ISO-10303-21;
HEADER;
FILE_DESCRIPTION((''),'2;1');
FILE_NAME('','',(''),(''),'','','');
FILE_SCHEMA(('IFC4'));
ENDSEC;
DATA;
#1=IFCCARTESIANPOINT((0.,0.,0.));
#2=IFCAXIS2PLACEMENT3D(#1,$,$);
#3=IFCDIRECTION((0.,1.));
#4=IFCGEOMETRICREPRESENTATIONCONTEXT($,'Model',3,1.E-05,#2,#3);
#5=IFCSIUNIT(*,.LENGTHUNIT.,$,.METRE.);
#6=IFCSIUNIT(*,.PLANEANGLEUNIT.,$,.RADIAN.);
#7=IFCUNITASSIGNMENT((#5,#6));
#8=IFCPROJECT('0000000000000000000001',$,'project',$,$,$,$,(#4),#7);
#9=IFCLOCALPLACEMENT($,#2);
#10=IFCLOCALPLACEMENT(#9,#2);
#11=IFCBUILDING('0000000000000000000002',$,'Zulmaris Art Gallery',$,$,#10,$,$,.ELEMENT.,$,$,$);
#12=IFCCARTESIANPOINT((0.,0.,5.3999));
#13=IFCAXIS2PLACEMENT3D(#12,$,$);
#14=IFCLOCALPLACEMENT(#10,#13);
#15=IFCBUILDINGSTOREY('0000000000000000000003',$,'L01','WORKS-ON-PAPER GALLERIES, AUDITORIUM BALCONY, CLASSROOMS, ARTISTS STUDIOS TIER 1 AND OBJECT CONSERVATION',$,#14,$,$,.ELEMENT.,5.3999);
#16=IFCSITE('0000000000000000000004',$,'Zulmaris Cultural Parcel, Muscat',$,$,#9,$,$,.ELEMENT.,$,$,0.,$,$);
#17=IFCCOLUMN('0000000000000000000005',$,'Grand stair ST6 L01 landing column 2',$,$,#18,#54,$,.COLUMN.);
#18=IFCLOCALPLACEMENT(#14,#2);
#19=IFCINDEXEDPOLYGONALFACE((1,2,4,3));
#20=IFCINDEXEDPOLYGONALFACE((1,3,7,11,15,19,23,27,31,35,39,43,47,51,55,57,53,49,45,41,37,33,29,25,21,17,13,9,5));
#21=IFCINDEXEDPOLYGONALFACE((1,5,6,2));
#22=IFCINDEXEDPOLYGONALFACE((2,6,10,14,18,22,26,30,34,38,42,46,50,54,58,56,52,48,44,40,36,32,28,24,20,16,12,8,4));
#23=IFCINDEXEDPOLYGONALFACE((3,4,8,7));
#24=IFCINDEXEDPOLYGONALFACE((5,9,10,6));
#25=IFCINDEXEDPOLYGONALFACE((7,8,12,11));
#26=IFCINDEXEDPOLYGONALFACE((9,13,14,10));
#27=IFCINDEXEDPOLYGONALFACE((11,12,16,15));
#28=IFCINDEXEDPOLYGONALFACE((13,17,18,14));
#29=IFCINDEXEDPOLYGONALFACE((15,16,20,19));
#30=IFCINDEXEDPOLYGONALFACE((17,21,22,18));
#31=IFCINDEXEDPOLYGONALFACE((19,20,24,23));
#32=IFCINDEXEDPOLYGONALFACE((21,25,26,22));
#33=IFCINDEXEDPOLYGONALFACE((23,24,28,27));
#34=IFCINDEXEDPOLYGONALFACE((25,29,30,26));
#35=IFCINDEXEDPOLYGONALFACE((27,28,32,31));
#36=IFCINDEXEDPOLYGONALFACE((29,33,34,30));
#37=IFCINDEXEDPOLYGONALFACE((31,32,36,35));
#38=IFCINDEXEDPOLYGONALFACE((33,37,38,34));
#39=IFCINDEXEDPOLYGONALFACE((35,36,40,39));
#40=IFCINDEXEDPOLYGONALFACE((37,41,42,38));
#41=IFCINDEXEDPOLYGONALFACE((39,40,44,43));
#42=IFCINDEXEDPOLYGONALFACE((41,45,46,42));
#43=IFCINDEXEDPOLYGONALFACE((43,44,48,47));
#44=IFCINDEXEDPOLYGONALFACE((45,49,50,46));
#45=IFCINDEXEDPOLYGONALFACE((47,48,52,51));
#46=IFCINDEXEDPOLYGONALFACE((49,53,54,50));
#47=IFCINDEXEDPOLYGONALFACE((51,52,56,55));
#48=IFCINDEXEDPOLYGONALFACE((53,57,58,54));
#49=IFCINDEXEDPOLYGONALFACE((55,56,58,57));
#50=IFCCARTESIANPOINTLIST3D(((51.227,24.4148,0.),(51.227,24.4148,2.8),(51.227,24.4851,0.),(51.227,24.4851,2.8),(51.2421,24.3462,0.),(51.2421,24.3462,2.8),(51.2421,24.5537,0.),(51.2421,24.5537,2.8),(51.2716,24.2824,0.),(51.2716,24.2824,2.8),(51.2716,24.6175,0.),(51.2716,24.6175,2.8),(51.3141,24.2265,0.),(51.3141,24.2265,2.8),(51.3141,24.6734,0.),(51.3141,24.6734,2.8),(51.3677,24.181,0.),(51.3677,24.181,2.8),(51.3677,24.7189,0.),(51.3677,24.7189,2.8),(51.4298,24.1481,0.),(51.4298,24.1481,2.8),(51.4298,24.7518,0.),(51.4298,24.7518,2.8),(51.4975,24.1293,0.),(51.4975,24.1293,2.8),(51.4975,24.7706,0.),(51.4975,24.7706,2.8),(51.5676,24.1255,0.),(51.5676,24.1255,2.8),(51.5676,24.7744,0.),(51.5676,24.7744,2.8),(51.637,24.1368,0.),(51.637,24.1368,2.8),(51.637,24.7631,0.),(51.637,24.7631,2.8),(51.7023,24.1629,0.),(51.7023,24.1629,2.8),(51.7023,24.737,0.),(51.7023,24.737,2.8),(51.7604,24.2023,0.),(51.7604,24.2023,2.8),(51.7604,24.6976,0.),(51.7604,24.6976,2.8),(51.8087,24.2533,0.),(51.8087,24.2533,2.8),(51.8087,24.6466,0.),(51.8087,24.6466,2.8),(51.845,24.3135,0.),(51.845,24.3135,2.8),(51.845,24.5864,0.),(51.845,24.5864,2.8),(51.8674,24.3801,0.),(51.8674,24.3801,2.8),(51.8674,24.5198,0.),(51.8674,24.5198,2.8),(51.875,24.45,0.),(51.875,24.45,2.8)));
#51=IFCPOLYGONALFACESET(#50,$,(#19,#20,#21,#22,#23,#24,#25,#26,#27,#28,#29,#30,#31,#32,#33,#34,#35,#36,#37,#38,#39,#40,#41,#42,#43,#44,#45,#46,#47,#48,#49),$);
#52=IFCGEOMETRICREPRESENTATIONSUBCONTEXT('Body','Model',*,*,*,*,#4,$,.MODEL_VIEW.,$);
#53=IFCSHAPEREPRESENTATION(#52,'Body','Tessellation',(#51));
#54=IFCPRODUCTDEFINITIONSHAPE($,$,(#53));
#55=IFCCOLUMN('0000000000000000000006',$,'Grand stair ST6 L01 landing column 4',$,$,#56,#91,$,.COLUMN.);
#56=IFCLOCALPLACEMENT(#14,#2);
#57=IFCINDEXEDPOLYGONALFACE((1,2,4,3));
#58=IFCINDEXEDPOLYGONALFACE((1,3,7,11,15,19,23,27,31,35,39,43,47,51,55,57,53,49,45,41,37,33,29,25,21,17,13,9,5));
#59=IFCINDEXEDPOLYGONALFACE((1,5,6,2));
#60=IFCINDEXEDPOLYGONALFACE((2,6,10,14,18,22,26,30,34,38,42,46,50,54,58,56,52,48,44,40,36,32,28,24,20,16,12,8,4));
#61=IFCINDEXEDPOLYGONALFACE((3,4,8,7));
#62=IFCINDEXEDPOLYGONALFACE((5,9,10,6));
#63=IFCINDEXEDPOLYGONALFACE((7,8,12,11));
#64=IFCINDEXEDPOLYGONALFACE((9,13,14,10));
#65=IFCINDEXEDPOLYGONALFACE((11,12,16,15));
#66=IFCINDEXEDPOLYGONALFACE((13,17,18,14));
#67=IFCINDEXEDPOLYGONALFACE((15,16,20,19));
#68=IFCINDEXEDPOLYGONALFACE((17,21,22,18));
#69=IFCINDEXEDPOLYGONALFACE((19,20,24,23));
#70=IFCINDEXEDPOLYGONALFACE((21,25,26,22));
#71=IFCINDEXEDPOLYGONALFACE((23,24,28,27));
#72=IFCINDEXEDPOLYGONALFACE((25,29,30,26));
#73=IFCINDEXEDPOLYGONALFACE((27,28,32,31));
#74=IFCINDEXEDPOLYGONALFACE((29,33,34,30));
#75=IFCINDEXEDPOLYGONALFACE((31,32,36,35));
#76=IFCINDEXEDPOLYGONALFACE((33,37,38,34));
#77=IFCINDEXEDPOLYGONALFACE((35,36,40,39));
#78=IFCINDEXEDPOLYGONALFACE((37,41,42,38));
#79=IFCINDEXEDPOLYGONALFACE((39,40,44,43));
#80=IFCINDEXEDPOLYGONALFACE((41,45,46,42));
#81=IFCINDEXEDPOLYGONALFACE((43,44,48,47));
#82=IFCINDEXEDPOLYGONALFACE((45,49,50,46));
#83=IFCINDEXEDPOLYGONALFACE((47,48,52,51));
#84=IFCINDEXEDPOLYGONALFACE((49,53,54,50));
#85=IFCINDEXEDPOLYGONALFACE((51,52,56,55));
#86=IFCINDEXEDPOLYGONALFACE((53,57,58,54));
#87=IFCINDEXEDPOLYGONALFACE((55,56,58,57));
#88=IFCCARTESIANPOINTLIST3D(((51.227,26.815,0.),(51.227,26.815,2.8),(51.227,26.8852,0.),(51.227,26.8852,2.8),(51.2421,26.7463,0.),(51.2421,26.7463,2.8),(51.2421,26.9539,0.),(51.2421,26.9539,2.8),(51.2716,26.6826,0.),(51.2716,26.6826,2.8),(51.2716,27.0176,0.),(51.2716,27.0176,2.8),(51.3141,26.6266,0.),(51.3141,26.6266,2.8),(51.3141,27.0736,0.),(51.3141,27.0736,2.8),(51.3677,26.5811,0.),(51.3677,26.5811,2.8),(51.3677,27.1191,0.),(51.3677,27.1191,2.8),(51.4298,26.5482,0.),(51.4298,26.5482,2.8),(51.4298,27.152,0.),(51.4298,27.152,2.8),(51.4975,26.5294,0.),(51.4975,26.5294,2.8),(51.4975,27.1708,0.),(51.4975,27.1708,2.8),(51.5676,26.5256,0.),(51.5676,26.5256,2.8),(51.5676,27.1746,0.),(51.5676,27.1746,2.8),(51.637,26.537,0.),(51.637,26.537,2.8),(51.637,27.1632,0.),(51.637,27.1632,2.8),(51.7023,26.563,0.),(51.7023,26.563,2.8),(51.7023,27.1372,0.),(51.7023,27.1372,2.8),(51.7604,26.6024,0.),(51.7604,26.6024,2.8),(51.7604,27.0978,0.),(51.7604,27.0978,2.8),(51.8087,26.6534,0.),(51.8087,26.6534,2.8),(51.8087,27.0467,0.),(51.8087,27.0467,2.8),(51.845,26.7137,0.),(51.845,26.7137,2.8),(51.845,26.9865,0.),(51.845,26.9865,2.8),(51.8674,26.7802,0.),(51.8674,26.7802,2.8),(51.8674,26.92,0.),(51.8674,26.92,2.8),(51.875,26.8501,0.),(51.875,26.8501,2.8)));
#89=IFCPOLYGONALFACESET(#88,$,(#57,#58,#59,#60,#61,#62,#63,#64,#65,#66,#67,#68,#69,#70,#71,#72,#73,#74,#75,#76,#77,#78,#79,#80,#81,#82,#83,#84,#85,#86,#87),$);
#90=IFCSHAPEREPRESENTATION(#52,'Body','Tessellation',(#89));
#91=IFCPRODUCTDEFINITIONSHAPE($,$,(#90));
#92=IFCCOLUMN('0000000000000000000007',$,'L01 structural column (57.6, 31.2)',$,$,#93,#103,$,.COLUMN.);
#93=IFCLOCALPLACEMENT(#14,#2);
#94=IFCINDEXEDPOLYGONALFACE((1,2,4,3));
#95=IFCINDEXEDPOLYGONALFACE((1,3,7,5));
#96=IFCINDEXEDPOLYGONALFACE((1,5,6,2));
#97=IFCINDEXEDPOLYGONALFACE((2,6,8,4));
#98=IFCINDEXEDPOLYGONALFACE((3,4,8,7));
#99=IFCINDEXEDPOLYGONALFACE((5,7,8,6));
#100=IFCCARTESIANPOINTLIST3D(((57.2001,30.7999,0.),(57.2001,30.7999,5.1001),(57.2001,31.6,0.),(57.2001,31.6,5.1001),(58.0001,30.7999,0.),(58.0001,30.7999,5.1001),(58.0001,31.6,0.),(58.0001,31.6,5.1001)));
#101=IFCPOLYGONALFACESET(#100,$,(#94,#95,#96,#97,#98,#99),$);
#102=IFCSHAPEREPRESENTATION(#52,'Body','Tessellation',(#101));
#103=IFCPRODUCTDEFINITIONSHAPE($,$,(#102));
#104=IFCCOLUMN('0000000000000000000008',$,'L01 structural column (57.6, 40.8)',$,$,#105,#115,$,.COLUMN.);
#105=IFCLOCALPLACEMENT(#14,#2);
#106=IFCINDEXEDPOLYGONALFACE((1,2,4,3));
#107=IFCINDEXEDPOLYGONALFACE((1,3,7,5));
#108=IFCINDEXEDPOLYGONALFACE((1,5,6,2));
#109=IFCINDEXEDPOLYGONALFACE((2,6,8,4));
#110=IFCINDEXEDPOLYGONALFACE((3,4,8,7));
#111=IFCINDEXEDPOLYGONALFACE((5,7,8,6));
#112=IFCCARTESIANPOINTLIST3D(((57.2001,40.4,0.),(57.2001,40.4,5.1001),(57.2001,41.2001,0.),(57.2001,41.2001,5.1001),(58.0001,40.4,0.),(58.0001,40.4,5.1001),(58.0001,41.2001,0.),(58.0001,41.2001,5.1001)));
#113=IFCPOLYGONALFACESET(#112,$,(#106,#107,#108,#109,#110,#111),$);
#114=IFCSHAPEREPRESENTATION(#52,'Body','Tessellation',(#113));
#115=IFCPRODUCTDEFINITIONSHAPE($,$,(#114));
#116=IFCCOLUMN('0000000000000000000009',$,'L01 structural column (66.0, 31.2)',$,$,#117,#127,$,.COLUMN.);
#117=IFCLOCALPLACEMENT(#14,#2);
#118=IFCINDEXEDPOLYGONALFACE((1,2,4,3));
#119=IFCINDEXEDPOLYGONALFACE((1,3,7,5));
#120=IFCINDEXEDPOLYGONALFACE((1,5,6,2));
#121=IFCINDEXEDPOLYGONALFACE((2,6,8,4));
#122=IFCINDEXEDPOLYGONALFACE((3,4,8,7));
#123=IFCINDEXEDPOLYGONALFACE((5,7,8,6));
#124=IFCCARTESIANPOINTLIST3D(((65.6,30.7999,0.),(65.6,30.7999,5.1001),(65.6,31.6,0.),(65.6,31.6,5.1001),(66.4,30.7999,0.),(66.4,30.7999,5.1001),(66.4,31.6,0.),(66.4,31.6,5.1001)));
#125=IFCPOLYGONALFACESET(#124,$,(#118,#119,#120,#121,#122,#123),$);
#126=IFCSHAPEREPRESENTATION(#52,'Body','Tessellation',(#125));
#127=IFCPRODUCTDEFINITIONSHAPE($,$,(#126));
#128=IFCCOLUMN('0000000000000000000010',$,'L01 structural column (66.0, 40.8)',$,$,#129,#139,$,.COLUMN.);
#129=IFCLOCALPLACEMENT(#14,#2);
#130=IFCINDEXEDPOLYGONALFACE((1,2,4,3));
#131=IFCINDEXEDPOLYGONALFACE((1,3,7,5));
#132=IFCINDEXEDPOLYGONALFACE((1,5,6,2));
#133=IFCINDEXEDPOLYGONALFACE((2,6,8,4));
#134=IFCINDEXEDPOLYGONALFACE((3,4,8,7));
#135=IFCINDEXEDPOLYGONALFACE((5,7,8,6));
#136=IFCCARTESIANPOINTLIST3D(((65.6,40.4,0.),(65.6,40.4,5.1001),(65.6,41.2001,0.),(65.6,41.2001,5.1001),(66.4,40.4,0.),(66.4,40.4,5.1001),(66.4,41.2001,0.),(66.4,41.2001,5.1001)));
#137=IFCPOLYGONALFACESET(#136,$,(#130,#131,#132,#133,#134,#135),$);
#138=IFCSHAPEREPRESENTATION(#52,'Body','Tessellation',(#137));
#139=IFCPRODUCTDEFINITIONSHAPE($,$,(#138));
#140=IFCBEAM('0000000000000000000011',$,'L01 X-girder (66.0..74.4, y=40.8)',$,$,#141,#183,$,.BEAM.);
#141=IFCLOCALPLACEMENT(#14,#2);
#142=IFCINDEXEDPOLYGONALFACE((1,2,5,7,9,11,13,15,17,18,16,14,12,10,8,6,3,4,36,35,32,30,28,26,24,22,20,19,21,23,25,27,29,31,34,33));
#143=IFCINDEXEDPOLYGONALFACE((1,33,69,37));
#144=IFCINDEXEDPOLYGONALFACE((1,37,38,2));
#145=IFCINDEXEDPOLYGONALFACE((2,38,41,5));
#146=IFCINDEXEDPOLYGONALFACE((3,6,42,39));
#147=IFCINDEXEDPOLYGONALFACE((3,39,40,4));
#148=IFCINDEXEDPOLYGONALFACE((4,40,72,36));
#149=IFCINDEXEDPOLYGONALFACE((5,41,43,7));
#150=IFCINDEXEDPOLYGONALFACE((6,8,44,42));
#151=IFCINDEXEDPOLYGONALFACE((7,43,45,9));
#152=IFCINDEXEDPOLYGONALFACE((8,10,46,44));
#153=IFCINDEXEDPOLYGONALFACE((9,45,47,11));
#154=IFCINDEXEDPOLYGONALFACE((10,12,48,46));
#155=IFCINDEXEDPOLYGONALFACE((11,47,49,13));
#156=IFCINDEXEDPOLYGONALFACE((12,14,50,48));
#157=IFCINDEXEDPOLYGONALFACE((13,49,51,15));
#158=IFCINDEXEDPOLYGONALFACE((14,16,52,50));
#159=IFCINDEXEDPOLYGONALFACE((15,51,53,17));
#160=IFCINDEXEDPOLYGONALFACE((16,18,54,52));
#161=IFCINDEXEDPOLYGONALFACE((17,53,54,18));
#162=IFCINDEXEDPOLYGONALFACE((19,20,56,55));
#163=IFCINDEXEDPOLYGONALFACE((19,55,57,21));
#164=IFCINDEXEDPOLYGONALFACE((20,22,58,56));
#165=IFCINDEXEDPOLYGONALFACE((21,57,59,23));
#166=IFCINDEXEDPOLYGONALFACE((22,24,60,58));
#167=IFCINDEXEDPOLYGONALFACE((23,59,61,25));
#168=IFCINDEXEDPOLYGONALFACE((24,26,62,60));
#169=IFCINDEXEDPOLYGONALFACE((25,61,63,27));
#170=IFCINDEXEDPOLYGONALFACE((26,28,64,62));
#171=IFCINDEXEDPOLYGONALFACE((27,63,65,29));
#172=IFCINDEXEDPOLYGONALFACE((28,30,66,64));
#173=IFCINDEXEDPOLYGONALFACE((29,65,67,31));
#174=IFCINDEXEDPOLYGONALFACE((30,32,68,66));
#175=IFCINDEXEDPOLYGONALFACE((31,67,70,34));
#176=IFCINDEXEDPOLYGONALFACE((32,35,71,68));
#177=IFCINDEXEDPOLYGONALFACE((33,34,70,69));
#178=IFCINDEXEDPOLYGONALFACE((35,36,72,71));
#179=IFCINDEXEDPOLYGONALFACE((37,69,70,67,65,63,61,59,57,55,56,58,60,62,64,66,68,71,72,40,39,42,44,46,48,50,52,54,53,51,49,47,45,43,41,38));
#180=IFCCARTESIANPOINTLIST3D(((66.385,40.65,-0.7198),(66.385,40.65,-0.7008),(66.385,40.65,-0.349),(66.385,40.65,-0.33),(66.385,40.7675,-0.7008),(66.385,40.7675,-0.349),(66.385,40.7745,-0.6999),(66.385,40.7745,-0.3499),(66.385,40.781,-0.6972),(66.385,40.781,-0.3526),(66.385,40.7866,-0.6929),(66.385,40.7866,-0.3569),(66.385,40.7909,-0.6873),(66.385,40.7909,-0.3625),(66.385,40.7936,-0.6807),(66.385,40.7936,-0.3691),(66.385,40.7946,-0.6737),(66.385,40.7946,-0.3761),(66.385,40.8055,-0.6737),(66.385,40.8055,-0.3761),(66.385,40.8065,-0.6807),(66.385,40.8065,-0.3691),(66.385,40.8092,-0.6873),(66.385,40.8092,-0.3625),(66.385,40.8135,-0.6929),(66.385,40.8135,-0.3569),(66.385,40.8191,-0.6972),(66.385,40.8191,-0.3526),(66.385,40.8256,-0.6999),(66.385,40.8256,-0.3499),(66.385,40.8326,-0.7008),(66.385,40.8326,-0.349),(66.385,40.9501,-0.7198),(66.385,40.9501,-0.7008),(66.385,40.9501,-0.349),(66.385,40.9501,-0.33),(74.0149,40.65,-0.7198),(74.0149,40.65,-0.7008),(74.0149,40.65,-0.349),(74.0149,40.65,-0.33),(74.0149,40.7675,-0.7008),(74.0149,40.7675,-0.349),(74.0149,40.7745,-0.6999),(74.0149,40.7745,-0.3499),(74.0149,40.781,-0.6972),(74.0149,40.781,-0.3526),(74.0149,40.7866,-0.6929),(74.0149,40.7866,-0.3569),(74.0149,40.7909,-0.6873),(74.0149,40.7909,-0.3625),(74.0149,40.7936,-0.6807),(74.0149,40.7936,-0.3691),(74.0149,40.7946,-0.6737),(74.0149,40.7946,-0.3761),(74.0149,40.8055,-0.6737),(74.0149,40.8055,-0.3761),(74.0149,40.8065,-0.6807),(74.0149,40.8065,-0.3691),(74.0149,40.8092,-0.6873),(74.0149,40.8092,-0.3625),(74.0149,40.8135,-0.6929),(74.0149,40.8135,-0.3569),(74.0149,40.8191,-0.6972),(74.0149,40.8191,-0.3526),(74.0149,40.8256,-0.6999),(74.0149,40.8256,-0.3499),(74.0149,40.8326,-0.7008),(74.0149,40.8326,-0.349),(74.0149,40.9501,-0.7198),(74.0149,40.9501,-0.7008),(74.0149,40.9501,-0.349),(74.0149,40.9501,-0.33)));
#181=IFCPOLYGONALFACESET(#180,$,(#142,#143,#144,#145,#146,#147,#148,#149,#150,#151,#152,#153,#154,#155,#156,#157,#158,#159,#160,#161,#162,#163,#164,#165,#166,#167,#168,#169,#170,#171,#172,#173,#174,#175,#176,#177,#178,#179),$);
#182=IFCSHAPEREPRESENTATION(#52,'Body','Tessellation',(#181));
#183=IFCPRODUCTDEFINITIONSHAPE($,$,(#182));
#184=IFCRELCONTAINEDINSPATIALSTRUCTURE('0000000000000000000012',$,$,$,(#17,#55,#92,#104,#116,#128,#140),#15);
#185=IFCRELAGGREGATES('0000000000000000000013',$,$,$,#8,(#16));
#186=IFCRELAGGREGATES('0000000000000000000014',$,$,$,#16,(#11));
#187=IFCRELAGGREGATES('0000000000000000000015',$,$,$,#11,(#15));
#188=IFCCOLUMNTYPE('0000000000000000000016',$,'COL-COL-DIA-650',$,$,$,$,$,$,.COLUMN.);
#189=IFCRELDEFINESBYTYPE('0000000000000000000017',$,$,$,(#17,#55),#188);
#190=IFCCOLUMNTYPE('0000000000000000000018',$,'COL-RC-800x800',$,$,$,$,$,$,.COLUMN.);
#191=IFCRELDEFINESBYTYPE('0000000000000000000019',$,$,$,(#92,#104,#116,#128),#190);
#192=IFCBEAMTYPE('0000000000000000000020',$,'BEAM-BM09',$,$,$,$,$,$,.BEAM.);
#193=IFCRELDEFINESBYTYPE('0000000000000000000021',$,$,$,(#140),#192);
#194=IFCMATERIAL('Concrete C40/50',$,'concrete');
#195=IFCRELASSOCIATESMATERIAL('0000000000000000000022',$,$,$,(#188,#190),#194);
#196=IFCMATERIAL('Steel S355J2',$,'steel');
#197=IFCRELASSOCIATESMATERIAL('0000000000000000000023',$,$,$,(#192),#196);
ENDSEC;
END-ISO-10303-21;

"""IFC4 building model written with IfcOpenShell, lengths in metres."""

from ifc_helpers import new_model, si_unit, direction, frame, origin, origin_2d, place, context, subcontext, project, spatial, rectangle, circle, i_section, extrude, material, material_profile, profile_set, type_object, element, save


model = new_model("IFC4")

# Units and contexts
model_context = context("Model", 3, precision=1e-05, world=origin(), true_north=direction((0.0, 1.0)))
body_context = subcontext(model_context, "Body", "Model", "MODEL_VIEW")
ifc_project = project(units=[si_unit("LENGTHUNIT", "METRE"), si_unit("PLANEANGLEUNIT", "RADIAN")], contexts=[model_context])

# Site, building, storey
site_placement = place(None, origin())
site = spatial("IfcSite", under=ifc_project, at=site_placement, Name="Zulmaris Cultural Parcel, Muscat", CompositionType="ELEMENT", RefElevation=0.0)
building_placement = place(site_placement, origin())
building = spatial("IfcBuilding", under=site, at=building_placement, Name="Zulmaris Art Gallery", CompositionType="ELEMENT")
storey_placement = place(building_placement, frame((0.0, 0.0, 5.3999)))
storey = spatial("IfcBuildingStorey", under=building, at=storey_placement, Name="L01", Description="WORKS-ON-PAPER GALLERIES, AUDITORIUM BALCONY, CLASSROOMS, ARTISTS STUDIOS TIER 1 AND OBJECT CONSERVATION", CompositionType="ELEMENT", Elevation=5.3999)

# Columns
ifc_material_1 = material(Name="Concrete C40/50", Category="concrete")
ifc_material_profile_1 = material_profile(ifc_material_1, circle(Radius=0.325, at=origin_2d()), Name="COL DIA 650")
ifc_profile_set_1 = profile_set([ifc_material_profile_1], Name="Concrete C40/50")
column_type_1 = type_object("IfcColumnType", Name="COL-COL-DIA-650", PredefinedType="COLUMN", material=ifc_profile_set_1)
for number, where, z_axis, x_axis, name in (
    (1, (51.55, 24.45, 0.0), (0.0, 0.0, 1.0), (1.0, 0.0, 0.0), "Grand stair ST6 L01 landing column 2"),
    (2, (51.55, 26.8501, 0.0), (0.0, 0.0, 1.0), (1.0, 0.0, 0.0), "Grand stair ST6 L01 landing column 4"),
):
    element("IfcColumn", number, at=place(storey_placement, frame(where, z_axis=z_axis, x_axis=x_axis)), inside=storey, type_object=column_type_1, Name=name, PredefinedType="COLUMN", context=body_context, shape_type="SweptSolid", body=[
        extrude(circle(Radius=0.325, at=origin_2d()), origin(), (0.0, 0.0, 1.0), 2.8),
    ])
ifc_material_profile_2 = material_profile(ifc_material_1, rectangle(XDim=0.8, YDim=0.8, at=origin_2d()), Name="RC 800x800")
ifc_profile_set_2 = profile_set([ifc_material_profile_2], Name="Concrete C40/50")
column_type_2 = type_object("IfcColumnType", Name="COL-RC-800x800", PredefinedType="COLUMN", material=ifc_profile_set_2)
for number, where, z_axis, x_axis, name in (
    (3, (57.6001, 31.2, 0.0), (0.0, 0.0, 1.0), (1.0, 0.0, 0.0), "L01 structural column (57.6, 31.2)"),
    (4, (57.6001, 40.8, 0.0), (0.0, 0.0, 1.0), (1.0, 0.0, 0.0), "L01 structural column (57.6, 40.8)"),
    (5, (66.0, 31.2, 0.0), (0.0, 0.0, 1.0), (1.0, 0.0, 0.0), "L01 structural column (66.0, 31.2)"),
    (6, (66.0, 40.8, 0.0), (0.0, 0.0, 1.0), (1.0, 0.0, 0.0), "L01 structural column (66.0, 40.8)"),
):
    element("IfcColumn", number, at=place(storey_placement, frame(where, z_axis=z_axis, x_axis=x_axis)), inside=storey, type_object=column_type_2, Name=name, PredefinedType="COLUMN", context=body_context, shape_type="SweptSolid", body=[
        extrude(rectangle(XDim=0.8, YDim=0.8, at=origin_2d()), origin(), (0.0, 0.0, 1.0), 5.1001),
    ])

# Beam
ifc_material_2 = material(Name="Steel S355J2", Category="steel")
ifc_material_profile_3 = material_profile(ifc_material_2, i_section(OverallWidth=0.3, OverallDepth=0.3899, WebThickness=0.011, FlangeThickness=0.019, FilletRadius=0.0271, at=origin_2d()), Name="HEA 400")
ifc_profile_set_3 = profile_set([ifc_material_profile_3], Name="Steel S355J2")
beam_type_1 = type_object("IfcBeamType", Name="BEAM-BM09", PredefinedType="BEAM", material=ifc_profile_set_3)
beam_1_placement = place(storey_placement, frame((66.385, 40.8, -0.5249), z_axis=(1.0, 0.0, 0.0), x_axis=(0.0, 1.0, 0.0)))
element("IfcBeam", 7, at=beam_1_placement, inside=storey, type_object=beam_type_1, Name="L01 X-girder (66.0..74.4, y=40.8)", PredefinedType="BEAM", context=body_context, shape_type="SweptSolid", body=[
    extrude(i_section(OverallWidth=0.3, OverallDepth=0.3899, WebThickness=0.011, FlangeThickness=0.019, FilletRadius=0.0271, at=origin_2d()), origin(), (0.0, 0.0, 1.0), 7.6299),
])

save(model, "model.ifc")
